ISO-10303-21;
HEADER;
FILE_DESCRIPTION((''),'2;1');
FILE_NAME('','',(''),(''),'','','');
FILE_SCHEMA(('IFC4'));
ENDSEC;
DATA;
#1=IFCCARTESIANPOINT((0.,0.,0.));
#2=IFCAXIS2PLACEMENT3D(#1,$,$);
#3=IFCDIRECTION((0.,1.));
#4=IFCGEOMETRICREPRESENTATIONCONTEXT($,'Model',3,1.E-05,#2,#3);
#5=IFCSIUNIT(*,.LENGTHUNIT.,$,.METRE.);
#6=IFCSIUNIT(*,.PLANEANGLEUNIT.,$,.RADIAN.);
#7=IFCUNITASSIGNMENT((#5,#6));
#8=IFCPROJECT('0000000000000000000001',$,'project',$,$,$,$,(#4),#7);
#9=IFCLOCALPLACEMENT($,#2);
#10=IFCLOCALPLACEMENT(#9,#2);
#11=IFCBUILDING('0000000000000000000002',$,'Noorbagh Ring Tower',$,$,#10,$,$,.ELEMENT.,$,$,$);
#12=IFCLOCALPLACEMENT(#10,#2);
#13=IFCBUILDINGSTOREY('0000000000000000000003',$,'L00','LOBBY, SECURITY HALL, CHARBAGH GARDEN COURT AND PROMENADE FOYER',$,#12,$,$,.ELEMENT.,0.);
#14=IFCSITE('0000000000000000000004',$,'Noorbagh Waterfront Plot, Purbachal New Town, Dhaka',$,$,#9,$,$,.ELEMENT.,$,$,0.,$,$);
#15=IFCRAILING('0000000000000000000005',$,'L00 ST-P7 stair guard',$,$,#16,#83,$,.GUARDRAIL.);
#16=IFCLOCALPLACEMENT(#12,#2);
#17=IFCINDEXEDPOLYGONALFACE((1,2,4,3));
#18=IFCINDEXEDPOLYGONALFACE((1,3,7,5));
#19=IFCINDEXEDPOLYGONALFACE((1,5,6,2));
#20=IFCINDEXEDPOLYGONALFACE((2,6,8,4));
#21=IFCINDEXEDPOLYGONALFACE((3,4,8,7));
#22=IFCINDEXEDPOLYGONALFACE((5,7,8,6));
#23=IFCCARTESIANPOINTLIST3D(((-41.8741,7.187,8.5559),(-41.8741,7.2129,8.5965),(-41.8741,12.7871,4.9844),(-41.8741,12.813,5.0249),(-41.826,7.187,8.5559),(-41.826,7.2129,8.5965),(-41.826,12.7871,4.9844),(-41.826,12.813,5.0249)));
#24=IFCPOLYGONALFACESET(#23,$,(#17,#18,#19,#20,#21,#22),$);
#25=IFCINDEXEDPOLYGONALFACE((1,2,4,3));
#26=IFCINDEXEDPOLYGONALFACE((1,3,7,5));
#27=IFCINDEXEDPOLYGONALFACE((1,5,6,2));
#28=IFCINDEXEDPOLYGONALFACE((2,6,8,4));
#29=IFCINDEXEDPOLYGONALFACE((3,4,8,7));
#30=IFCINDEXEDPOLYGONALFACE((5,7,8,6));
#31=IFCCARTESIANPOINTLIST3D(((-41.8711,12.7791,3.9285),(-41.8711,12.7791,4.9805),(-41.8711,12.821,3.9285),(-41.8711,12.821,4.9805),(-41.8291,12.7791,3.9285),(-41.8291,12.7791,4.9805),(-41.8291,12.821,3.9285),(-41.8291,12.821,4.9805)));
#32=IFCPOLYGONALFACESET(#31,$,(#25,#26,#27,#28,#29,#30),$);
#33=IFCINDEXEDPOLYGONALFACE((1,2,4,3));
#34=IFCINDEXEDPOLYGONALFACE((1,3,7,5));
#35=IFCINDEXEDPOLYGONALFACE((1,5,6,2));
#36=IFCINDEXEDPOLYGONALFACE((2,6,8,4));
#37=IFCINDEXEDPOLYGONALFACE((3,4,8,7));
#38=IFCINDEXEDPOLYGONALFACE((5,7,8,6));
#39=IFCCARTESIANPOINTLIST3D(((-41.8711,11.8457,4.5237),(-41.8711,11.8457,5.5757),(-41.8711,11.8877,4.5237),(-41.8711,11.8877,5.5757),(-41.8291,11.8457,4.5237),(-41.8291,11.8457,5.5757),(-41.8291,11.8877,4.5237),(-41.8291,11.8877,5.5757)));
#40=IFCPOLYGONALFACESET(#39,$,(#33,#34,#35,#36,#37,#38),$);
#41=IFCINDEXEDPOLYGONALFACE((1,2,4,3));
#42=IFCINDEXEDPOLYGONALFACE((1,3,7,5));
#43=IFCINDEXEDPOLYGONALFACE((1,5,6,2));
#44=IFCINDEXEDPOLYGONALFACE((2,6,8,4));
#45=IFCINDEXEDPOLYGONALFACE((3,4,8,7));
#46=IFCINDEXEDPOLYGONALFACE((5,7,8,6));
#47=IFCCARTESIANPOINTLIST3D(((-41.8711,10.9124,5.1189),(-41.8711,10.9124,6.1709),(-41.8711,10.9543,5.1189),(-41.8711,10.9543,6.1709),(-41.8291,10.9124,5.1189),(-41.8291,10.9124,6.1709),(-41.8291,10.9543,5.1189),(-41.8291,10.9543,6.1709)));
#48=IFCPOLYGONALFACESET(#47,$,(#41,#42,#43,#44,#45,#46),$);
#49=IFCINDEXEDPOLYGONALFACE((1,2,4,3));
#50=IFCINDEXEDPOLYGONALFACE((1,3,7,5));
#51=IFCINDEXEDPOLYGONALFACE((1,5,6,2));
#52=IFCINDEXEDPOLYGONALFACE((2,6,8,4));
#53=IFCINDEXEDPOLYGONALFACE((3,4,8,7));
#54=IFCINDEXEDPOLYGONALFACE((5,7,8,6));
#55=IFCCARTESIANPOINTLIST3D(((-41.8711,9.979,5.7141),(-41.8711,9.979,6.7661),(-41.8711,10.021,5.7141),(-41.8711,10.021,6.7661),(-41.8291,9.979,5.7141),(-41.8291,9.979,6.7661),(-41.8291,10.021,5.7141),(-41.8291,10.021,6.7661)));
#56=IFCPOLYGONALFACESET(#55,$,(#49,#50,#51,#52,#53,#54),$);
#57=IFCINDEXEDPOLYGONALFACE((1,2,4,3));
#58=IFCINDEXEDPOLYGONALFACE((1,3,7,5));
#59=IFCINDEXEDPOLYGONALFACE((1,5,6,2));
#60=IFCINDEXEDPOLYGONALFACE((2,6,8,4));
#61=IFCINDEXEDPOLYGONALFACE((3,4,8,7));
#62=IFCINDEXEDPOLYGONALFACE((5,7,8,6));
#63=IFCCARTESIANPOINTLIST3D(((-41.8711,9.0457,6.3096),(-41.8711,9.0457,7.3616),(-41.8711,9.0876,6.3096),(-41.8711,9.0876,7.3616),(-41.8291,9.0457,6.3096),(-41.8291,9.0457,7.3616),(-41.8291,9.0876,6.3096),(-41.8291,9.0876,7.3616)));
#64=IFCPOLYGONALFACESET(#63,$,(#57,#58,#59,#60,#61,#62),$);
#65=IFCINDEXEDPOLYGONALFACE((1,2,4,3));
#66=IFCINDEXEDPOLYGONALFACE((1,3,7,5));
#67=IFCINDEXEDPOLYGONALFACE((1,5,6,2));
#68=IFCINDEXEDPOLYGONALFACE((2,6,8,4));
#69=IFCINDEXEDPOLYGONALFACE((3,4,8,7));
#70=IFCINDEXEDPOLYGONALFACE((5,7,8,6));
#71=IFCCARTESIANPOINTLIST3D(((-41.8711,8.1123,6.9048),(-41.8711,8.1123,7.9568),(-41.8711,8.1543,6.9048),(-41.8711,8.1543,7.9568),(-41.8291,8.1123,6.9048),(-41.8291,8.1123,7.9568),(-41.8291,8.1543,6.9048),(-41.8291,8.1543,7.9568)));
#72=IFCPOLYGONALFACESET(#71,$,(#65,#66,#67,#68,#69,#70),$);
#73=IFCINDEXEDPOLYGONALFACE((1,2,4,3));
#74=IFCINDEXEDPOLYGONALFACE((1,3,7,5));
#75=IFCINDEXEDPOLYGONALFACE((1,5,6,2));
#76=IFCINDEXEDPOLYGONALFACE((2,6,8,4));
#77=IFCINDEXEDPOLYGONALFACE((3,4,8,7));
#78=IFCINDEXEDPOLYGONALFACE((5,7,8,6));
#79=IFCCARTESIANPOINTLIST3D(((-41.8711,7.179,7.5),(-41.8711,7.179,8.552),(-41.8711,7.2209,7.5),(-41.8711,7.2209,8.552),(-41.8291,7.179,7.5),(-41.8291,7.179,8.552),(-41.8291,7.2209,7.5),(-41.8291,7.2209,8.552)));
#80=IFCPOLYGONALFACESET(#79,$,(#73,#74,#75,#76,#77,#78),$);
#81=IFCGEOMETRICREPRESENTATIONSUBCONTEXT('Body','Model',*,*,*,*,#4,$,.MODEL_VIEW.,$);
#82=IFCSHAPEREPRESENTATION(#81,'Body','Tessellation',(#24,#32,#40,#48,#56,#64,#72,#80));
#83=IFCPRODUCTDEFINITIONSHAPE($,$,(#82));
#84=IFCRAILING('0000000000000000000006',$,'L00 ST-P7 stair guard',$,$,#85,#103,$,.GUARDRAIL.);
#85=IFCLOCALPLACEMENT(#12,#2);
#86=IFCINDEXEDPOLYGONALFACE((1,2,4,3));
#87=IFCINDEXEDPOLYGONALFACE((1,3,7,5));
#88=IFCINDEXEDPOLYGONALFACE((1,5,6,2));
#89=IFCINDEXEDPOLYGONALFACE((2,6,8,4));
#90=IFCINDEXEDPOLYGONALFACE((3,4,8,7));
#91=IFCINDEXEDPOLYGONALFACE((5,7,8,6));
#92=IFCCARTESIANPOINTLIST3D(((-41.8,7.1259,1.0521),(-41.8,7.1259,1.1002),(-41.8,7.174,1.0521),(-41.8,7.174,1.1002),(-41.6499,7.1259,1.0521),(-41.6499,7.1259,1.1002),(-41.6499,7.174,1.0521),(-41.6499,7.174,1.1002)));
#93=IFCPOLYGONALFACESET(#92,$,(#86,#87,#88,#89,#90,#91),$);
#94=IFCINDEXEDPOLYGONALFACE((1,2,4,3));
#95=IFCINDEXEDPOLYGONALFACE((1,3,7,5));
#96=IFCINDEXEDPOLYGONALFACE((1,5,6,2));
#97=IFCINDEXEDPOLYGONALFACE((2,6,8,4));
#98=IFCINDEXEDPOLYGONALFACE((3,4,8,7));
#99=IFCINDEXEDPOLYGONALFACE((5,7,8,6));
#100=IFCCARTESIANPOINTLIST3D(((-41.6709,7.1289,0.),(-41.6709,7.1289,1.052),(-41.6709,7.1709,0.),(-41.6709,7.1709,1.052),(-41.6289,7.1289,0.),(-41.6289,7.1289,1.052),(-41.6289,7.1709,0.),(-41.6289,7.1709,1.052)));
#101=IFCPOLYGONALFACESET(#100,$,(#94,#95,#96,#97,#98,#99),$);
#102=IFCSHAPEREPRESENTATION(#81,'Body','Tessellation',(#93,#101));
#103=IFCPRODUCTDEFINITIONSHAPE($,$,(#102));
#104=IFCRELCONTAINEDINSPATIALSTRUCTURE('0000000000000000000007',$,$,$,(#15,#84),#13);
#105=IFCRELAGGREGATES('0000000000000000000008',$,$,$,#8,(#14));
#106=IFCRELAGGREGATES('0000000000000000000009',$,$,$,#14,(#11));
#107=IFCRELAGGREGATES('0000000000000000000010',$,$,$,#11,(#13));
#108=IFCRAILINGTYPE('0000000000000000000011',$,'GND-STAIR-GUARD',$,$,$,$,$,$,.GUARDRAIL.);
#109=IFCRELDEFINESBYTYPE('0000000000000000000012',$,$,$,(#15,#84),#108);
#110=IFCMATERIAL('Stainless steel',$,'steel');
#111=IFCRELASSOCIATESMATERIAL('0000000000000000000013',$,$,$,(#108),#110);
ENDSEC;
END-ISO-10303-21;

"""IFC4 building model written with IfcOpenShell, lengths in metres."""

from ifc_helpers import new_model, si_unit, direction, frame, origin, origin_2d, place, context, subcontext, project, spatial, rectangle, extrude, material, type_object, element, save


model = new_model("IFC4")

# Units and contexts
model_context = context("Model", 3, precision=1e-05, world=origin(), true_north=direction((0.0, 1.0)))
body_context = subcontext(model_context, "Body", "Model", "MODEL_VIEW")
ifc_project = project(units=[si_unit("LENGTHUNIT", "METRE"), si_unit("PLANEANGLEUNIT", "RADIAN")], contexts=[model_context])

# Site, building, storey
site_placement = place(None, origin())
site = spatial("IfcSite", under=ifc_project, at=site_placement, Name="Noorbagh Waterfront Plot, Purbachal New Town, Dhaka", CompositionType="ELEMENT", RefElevation=0.0)
building_placement = place(site_placement, origin())
building = spatial("IfcBuilding", under=site, at=building_placement, Name="Noorbagh Ring Tower", CompositionType="ELEMENT")
storey_placement = place(building_placement, origin())
storey = spatial("IfcBuildingStorey", under=building, at=storey_placement, Name="L00", Description="LOBBY, SECURITY HALL, CHARBAGH GARDEN COURT AND PROMENADE FOYER", CompositionType="ELEMENT", Elevation=0.0)

# Railings
ifc_material_1 = material(Name="Stainless steel", Category="steel")
railing_type_1 = type_object("IfcRailingType", Name="GND-STAIR-GUARD", PredefinedType="GUARDRAIL", material=ifc_material_1)
railing_1_placement = place(storey_placement, frame((-41.8501, 12.8, 3.9285)))
element("IfcRailing", 1, at=railing_1_placement, inside=storey, type_object=railing_type_1, Name="L00 ST-P7 stair guard", PredefinedType="GUARDRAIL", context=body_context, shape_type="SweptSolid", body=[
    extrude(rectangle(XDim=0.0481, YDim=0.0481, at=origin_2d()), frame((0.0, 0.0, 1.0762), z_axis=(0.0, -0.843127, 0.537715), x_axis=(1.0, 0.0, 0.0)), (0.0, 0.0, 1.0), 6.6421),
    extrude(rectangle(XDim=0.042, YDim=0.042, at=origin_2d()), origin(), (0.0, 0.0, 1.0), 1.052),
    extrude(rectangle(XDim=0.042, YDim=0.042, at=origin_2d()), frame((0.0, -0.9333, 0.5952)), (0.0, 0.0, 1.0), 1.052),
    extrude(rectangle(XDim=0.042, YDim=0.042, at=origin_2d()), frame((0.0, -1.8667, 1.1904)), (0.0, 0.0, 1.0), 1.052),
    extrude(rectangle(XDim=0.042, YDim=0.042, at=origin_2d()), frame((0.0, -2.8, 1.7856)), (0.0, 0.0, 1.0), 1.052),
    extrude(rectangle(XDim=0.042, YDim=0.042, at=origin_2d()), frame((0.0, -3.7334, 2.3811)), (0.0, 0.0, 1.0), 1.052),
    extrude(rectangle(XDim=0.042, YDim=0.042, at=origin_2d()), frame((0.0, -4.6667, 2.9763)), (0.0, 0.0, 1.0), 1.052),
    extrude(rectangle(XDim=0.042, YDim=0.042, at=origin_2d()), frame((0.0, -5.6001, 3.5715)), (0.0, 0.0, 1.0), 1.052),
])
railing_2_placement = place(storey_placement, frame((-41.6499, 7.1499, 0.0)))
element("IfcRailing", 2, at=railing_2_placement, inside=storey, type_object=railing_type_1, Name="L00 ST-P7 stair guard", PredefinedType="GUARDRAIL", context=body_context, shape_type="SweptSolid", body=[
    extrude(rectangle(XDim=0.0481, YDim=0.0481, at=origin_2d()), frame((0.0, 0.0, 1.0762), z_axis=(-1.0, 0.0, 0.0), x_axis=(0.0, -1.0, 0.0)), (0.0, 0.0, 1.0), 0.1501),
    extrude(rectangle(XDim=0.042, YDim=0.042, at=origin_2d()), origin(), (0.0, 0.0, 1.0), 1.052),
])

save(model, "model.ifc")
